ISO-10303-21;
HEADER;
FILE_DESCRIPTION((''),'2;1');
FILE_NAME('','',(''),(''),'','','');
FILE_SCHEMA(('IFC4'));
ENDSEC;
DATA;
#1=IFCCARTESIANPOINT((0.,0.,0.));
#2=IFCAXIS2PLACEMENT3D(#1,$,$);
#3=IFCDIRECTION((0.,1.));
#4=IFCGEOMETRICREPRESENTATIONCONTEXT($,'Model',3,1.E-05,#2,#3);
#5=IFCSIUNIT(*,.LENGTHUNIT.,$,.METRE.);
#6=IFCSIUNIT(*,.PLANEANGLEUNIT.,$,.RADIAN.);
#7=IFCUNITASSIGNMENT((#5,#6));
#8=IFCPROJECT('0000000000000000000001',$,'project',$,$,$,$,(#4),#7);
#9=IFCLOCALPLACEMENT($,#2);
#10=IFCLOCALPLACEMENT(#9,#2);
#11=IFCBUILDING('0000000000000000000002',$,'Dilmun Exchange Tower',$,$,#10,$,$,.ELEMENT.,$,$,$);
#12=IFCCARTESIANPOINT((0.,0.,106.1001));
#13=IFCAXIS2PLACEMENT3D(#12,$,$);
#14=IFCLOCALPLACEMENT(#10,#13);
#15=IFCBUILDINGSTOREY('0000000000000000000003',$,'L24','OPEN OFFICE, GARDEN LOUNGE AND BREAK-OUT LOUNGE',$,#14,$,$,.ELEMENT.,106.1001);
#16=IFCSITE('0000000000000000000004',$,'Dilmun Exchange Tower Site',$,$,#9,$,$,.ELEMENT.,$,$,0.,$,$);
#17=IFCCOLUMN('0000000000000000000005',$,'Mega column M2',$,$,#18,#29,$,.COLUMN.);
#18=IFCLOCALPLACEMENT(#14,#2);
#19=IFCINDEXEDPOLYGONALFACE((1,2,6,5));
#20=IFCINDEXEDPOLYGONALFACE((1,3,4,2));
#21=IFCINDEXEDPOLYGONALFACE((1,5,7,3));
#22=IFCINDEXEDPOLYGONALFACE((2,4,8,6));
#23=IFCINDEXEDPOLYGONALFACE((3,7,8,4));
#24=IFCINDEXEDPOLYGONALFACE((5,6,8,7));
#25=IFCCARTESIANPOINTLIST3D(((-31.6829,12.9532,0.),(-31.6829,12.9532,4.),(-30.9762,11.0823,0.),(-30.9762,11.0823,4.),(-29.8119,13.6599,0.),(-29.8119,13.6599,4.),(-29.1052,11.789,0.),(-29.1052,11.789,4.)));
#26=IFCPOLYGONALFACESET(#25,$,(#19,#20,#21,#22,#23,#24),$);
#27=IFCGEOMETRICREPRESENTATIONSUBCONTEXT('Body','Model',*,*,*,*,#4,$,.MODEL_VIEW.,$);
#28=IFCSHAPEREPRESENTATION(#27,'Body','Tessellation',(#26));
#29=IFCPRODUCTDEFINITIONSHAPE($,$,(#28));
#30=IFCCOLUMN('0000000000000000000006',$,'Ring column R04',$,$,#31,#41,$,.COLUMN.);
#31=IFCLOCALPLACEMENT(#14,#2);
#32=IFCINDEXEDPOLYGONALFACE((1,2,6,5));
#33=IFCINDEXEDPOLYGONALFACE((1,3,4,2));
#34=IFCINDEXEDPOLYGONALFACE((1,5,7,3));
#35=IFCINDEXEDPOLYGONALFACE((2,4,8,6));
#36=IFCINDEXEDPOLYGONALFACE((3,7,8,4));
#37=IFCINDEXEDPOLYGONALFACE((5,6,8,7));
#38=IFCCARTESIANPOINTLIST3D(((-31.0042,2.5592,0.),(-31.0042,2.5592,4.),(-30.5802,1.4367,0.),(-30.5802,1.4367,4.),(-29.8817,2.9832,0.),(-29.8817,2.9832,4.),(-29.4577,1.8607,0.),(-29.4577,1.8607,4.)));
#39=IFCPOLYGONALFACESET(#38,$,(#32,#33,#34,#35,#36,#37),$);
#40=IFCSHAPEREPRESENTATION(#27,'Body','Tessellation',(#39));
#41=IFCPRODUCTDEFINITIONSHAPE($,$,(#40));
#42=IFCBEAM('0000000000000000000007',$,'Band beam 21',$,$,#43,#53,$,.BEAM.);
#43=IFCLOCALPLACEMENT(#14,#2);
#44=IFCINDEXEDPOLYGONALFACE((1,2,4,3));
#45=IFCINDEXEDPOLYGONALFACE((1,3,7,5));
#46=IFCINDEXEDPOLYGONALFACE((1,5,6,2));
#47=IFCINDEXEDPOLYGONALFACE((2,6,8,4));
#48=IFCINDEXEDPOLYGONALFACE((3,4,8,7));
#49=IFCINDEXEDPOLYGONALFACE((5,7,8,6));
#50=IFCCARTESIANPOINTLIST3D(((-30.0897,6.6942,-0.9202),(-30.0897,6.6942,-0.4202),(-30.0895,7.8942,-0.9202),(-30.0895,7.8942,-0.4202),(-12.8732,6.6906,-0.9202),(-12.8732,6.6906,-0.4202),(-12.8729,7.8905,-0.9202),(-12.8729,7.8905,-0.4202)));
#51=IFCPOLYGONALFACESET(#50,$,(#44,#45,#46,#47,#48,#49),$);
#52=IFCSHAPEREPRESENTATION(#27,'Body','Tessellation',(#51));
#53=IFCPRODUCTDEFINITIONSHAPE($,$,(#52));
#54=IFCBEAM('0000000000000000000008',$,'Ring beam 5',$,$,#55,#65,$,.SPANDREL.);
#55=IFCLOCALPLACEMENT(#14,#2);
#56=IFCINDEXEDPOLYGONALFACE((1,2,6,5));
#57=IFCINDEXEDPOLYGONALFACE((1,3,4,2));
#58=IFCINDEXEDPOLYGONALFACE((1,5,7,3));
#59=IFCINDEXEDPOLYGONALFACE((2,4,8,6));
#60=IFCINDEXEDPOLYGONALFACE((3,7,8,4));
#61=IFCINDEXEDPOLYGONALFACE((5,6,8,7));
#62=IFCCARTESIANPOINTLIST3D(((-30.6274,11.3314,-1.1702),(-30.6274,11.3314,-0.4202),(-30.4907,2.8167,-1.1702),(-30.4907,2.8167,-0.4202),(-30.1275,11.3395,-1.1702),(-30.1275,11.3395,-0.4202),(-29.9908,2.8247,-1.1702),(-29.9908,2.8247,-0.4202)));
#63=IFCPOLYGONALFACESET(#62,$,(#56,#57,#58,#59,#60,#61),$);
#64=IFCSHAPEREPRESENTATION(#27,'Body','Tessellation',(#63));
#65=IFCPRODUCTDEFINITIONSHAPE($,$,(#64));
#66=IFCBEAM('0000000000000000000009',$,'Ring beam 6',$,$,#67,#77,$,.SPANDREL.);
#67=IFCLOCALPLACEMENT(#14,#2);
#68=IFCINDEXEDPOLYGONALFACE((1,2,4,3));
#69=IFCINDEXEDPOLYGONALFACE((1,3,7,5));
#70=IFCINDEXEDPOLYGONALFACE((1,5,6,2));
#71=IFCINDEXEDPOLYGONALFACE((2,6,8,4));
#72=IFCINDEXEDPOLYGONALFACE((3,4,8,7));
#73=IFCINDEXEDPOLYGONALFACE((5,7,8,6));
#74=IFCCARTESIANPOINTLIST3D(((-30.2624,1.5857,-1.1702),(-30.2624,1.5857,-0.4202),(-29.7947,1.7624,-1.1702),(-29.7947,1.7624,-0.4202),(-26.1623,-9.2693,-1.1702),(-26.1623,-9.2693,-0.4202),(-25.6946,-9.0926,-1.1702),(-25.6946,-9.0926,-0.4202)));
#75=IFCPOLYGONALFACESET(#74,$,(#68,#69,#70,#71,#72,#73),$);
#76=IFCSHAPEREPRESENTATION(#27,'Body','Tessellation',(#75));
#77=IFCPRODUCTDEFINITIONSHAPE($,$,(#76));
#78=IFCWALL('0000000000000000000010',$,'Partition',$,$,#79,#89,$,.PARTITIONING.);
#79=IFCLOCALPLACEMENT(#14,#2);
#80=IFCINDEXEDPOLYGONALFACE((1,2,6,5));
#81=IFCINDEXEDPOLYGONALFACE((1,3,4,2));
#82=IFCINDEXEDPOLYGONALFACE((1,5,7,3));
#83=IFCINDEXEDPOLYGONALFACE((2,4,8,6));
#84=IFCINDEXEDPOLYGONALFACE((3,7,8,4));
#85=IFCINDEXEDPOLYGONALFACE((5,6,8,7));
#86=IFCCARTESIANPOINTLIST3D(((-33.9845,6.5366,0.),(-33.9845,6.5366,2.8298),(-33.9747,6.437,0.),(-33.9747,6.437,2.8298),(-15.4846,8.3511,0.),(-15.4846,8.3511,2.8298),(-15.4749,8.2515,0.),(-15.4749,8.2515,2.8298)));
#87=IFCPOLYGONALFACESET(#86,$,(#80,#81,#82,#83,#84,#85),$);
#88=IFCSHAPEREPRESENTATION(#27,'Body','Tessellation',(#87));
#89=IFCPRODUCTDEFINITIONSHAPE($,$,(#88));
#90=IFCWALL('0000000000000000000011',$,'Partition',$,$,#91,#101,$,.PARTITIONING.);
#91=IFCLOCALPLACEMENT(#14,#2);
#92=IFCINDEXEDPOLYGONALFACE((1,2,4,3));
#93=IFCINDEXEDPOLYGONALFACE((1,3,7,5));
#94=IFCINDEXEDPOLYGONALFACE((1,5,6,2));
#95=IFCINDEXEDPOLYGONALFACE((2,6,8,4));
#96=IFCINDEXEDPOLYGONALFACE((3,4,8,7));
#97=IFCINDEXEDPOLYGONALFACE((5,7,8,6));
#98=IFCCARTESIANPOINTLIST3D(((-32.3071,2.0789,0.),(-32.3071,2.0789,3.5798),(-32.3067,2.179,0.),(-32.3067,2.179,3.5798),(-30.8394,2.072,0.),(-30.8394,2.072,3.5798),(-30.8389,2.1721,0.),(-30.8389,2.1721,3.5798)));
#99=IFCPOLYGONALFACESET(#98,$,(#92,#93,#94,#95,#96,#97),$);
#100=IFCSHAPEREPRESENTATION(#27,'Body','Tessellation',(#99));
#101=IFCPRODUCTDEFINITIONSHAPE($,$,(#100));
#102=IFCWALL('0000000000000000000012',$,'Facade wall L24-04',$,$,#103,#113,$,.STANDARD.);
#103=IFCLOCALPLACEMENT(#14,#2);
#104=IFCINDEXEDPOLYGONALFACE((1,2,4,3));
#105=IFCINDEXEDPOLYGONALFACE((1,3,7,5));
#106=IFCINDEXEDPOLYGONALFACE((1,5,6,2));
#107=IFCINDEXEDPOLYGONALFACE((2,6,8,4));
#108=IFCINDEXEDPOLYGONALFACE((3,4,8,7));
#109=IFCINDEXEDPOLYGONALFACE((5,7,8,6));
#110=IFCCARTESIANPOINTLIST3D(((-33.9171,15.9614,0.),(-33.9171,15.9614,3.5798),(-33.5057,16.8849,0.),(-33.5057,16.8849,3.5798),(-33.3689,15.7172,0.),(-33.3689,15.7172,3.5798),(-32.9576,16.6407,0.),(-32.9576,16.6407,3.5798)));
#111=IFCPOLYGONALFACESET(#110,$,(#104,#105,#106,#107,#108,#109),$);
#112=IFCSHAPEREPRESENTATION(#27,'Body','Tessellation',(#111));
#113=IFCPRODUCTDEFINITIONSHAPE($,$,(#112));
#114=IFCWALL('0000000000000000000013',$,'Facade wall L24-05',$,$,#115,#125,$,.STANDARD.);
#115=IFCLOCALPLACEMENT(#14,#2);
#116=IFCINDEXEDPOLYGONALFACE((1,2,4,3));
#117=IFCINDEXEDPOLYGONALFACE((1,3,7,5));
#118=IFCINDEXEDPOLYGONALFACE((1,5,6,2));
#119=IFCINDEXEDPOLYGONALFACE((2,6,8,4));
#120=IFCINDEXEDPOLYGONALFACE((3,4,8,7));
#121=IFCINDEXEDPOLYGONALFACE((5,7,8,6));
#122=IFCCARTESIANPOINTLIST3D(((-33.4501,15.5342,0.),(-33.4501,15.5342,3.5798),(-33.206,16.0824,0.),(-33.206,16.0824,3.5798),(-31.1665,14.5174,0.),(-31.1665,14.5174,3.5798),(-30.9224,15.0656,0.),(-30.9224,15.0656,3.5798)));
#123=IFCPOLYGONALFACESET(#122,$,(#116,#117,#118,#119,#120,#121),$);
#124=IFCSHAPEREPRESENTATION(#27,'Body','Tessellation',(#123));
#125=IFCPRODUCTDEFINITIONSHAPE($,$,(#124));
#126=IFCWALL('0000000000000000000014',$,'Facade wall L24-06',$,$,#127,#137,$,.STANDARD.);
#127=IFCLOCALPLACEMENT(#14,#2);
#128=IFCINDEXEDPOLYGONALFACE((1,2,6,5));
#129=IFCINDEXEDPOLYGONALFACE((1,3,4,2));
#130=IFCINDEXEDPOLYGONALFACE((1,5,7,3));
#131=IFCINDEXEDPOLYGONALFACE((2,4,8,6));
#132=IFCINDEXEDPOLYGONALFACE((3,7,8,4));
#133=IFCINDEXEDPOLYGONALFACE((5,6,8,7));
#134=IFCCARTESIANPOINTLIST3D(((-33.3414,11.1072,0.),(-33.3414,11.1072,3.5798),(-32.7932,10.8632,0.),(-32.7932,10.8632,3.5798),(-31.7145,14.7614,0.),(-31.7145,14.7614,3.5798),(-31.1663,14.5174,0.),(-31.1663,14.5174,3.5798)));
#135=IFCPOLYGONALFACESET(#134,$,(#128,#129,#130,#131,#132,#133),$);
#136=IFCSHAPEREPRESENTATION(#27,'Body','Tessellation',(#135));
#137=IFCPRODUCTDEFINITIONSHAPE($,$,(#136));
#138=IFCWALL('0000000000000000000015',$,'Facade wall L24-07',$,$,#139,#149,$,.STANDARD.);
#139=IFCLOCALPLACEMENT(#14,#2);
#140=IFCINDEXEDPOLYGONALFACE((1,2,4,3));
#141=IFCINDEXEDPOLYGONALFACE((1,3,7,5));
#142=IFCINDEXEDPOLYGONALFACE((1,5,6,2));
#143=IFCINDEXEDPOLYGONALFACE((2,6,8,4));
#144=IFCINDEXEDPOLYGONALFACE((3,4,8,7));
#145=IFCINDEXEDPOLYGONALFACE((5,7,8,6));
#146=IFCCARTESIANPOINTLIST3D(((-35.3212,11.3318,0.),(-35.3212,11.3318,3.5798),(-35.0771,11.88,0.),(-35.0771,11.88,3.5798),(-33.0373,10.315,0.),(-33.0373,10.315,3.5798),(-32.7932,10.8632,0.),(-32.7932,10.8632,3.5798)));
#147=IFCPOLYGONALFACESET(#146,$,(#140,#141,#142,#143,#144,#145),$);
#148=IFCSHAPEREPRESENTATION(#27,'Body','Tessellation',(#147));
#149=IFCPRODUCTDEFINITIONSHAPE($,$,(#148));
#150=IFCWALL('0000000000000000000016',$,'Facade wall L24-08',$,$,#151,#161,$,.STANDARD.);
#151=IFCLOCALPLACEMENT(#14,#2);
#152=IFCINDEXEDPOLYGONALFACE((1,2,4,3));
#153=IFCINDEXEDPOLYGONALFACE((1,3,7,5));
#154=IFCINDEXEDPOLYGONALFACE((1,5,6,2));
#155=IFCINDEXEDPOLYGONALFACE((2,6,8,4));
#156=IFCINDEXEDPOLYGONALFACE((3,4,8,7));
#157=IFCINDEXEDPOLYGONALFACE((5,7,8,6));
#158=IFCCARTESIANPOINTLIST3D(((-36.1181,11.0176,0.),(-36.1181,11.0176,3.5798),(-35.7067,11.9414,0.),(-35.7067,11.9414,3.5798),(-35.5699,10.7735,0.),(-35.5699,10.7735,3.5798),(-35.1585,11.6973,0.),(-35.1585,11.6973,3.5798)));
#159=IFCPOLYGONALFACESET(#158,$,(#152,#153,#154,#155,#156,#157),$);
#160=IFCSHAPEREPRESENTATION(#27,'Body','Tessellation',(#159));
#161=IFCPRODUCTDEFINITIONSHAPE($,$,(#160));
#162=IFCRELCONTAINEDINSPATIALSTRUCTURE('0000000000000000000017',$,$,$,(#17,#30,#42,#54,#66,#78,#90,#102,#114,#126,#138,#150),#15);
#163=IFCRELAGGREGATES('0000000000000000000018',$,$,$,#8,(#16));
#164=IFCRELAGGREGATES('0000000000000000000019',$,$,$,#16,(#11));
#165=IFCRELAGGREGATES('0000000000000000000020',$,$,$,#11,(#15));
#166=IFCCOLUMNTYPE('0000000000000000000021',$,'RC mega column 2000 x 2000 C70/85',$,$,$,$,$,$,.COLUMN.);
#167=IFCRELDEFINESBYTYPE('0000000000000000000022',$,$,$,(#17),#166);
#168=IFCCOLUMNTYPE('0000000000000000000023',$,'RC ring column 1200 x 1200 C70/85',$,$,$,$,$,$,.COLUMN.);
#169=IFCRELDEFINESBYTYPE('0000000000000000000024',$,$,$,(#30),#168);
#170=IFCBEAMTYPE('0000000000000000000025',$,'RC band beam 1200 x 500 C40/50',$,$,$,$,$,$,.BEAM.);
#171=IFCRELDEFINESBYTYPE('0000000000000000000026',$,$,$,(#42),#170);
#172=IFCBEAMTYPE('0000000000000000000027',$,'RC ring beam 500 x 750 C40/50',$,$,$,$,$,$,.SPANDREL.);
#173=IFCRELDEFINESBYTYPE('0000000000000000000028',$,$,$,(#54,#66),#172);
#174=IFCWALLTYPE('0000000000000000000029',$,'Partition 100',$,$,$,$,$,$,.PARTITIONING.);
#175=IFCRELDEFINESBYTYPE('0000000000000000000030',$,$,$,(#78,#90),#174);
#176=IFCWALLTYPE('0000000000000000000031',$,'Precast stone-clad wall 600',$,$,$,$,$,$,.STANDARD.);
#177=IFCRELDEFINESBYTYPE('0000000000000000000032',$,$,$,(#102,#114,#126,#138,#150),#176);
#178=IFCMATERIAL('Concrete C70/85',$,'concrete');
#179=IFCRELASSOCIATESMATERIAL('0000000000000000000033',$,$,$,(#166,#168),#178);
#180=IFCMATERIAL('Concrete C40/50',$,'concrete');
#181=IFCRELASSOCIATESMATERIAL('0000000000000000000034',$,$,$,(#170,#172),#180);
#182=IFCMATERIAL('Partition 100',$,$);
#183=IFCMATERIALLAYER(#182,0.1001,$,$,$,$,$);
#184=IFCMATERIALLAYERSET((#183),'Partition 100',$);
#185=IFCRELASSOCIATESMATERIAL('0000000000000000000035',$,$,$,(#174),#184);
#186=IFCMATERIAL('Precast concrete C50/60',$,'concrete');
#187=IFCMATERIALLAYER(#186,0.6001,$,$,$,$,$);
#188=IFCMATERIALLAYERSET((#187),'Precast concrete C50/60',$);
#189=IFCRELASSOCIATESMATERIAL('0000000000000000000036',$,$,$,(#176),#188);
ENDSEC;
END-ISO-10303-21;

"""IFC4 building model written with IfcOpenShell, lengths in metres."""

from ifc_helpers import new_model, si_unit, direction, frame, frame_2d, origin, origin_2d, place, context, subcontext, project, spatial, rectangle, extrude, material, layer, layer_set, material_profile, profile_set, type_object, element, save


model = new_model("IFC4")

# Units and contexts
model_context = context("Model", 3, precision=1e-05, world=origin(), true_north=direction((0.0, 1.0)))
body_context = subcontext(model_context, "Body", "Model", "MODEL_VIEW")
ifc_project = project(units=[si_unit("LENGTHUNIT", "METRE"), si_unit("PLANEANGLEUNIT", "RADIAN")], contexts=[model_context])

# Site, building, storey
site_placement = place(None, origin())
site = spatial("IfcSite", under=ifc_project, at=site_placement, Name="Dilmun Exchange Tower Site", CompositionType="ELEMENT", RefElevation=0.0)
building_placement = place(site_placement, origin())
building = spatial("IfcBuilding", under=site, at=building_placement, Name="Dilmun Exchange Tower", CompositionType="ELEMENT")
storey_placement = place(building_placement, frame((0.0, 0.0, 106.1001)))
storey = spatial("IfcBuildingStorey", under=building, at=storey_placement, Name="L24", Description="OPEN OFFICE, GARDEN LOUNGE AND BREAK-OUT LOUNGE", CompositionType="ELEMENT", Elevation=106.1001)

# Columns
ifc_material_1 = material(Name="Concrete C70/85", Category="concrete")
ifc_material_profile_1 = material_profile(ifc_material_1, rectangle(XDim=2.0, YDim=2.0, at=origin_2d()), Name="2000 x 2000")
ifc_profile_set_1 = profile_set([ifc_material_profile_1], Name="Concrete C70/85")
column_type_1 = type_object("IfcColumnType", Name="RC mega column 2000 x 2000 C70/85", PredefinedType="COLUMN", material=ifc_profile_set_1)
column_1_placement = place(storey_placement, frame((-30.394, 12.3711, 0.0), z_axis=(0.0, 0.0, 1.0), x_axis=(0.935492, 0.353349, 0.0)))
element("IfcColumn", 1, at=column_1_placement, inside=storey, type_object=column_type_1, Name="Mega column M2", PredefinedType="COLUMN", context=body_context, shape_type="SweptSolid", body=[
    extrude(rectangle(XDim=2.0, YDim=2.0, at=origin_2d()), origin(), (0.0, 0.0, 1.0), 4.0),
])
ifc_material_profile_2 = material_profile(ifc_material_1, rectangle(XDim=1.2, YDim=1.2, at=origin_2d()), Name="1200 x 1200")
ifc_profile_set_2 = profile_set([ifc_material_profile_2], Name="Concrete C70/85")
column_type_2 = type_object("IfcColumnType", Name="RC ring column 1200 x 1200 C70/85", PredefinedType="COLUMN", material=ifc_profile_set_2)
column_2_placement = place(storey_placement, frame((-30.231, 2.21, 0.0), z_axis=(0.0, 0.0, 1.0), x_axis=(0.935492, 0.353349, 0.0)))
element("IfcColumn", 2, at=column_2_placement, inside=storey, type_object=column_type_2, Name="Ring column R04", PredefinedType="COLUMN", context=body_context, shape_type="SweptSolid", body=[
    extrude(rectangle(XDim=1.2, YDim=1.2, at=origin_2d()), origin(), (0.0, 0.0, 1.0), 4.0),
])

# Beams
ifc_material_2 = material(Name="Concrete C40/50", Category="concrete")
ifc_material_profile_3 = material_profile(ifc_material_2, rectangle(XDim=1.2, YDim=0.5, at=origin_2d()), Name="1200 x 500")
ifc_profile_set_3 = profile_set([ifc_material_profile_3], Name="Concrete C40/50")
beam_type_1 = type_object("IfcBeamType", Name="RC band beam 1200 x 500 C40/50", PredefinedType="BEAM", material=ifc_profile_set_3)
beam_1_placement = place(storey_placement, frame((-30.0896, 7.2942, -0.6702), z_axis=(1.0, -0.000213, 0.0), x_axis=(0.000213, 1.0, 0.0)))
element("IfcBeam", 3, at=beam_1_placement, inside=storey, type_object=beam_type_1, Name="Band beam 21", PredefinedType="BEAM", context=body_context, shape_type="SweptSolid", body=[
    extrude(rectangle(XDim=1.2, YDim=0.5, at=origin_2d()), origin(), (0.0, 0.0, 1.0), 17.2166),
])
ifc_material_profile_4 = material_profile(ifc_material_2, rectangle(XDim=0.5, YDim=0.75, at=origin_2d()), Name="500 x 750")
ifc_profile_set_4 = profile_set([ifc_material_profile_4], Name="Concrete C40/50")
beam_type_2 = type_object("IfcBeamType", Name="RC ring beam 500 x 750 C40/50", PredefinedType="SPANDREL", material=ifc_profile_set_4)
beam_2_placement = place(storey_placement, frame((-30.3774, 11.3354, -0.7952), z_axis=(0.016054, -0.999871, 0.0), x_axis=(0.999871, 0.016054, 0.0)))
element("IfcBeam", 4, at=beam_2_placement, inside=storey, type_object=beam_type_2, Name="Ring beam 5", PredefinedType="SPANDREL", context=body_context, shape_type="SweptSolid", body=[
    extrude(rectangle(XDim=0.5, YDim=0.75, at=origin_2d()), origin(), (0.0, 0.0, 1.0), 8.5159),
])
beam_3_placement = place(storey_placement, frame((-30.0286, 1.6741, -0.7952), z_axis=(0.35335, -0.935491, 0.0), x_axis=(0.935491, 0.35335, 0.0)))
element("IfcBeam", 5, at=beam_3_placement, inside=storey, type_object=beam_type_2, Name="Ring beam 6", PredefinedType="SPANDREL", context=body_context, shape_type="SweptSolid", body=[
    extrude(rectangle(XDim=0.5, YDim=0.75, at=origin_2d()), origin(), (0.0, 0.0, 1.0), 11.6035),
])

# Walls
ifc_material_3 = material(Name="Partition 100")
ifc_layer_1 = layer(ifc_material_3, 0.1001)
ifc_layer_set_1 = layer_set([ifc_layer_1], Name="Partition 100")
wall_type_1 = type_object("IfcWallType", Name="Partition 100", PredefinedType="PARTITIONING", material=ifc_layer_set_1)
wall_1_placement = place(storey_placement, frame((-33.9797, 6.4868, 0.0), z_axis=(0.0, 0.0, 1.0), x_axis=(0.995225, 0.097611, 0.0)))
element("IfcWall", 6, at=wall_1_placement, inside=storey, type_object=wall_type_1, Name="Partition", PredefinedType="PARTITIONING", context=body_context, shape_type="SweptSolid", body=[
    extrude(rectangle(XDim=18.5886, YDim=0.1001, at=frame_2d((9.2944, 0.0))), origin(), (0.0, 0.0, 1.0), 2.8298),
])
wall_2_placement = place(storey_placement, frame((-32.3069, 2.1289, 0.0), z_axis=(0.0, 0.0, 1.0), x_axis=(0.999989, -0.004657, 0.0)))
element("IfcWall", 7, at=wall_2_placement, inside=storey, type_object=wall_type_1, Name="Partition", PredefinedType="PARTITIONING", context=body_context, shape_type="SweptSolid", body=[
    extrude(rectangle(XDim=1.4678, YDim=0.1001, at=frame_2d((0.7339, 0.0))), origin(), (0.0, 0.0, 1.0), 3.5798),
])
ifc_material_4 = material(Name="Precast concrete C50/60", Category="concrete")
ifc_layer_2 = layer(ifc_material_4, 0.6001)
ifc_layer_set_2 = layer_set([ifc_layer_2], Name="Precast concrete C50/60")
wall_type_2 = type_object("IfcWallType", Name="Precast stone-clad wall 600", PredefinedType="STANDARD", material=ifc_layer_set_2)
wall_3_placement = place(storey_placement, frame((-33.2317, 16.7627, 0.0), z_axis=(0.0, 0.0, 1.0), x_axis=(-0.406878, -0.913483, 0.0)))
element("IfcWall", 8, at=wall_3_placement, inside=storey, type_object=wall_type_2, Name="Facade wall L24-04", PredefinedType="STANDARD", context=body_context, shape_type="SweptSolid", body=[
    extrude(rectangle(XDim=1.011, YDim=0.6001, at=frame_2d((0.5054, 0.0))), origin(), (0.0, 0.0, 1.0), 3.5798),
])
wall_4_placement = place(storey_placement, frame((-33.3281, 15.8083, 0.0), z_axis=(0.0, 0.0, 1.0), x_axis=(0.913533, -0.406764, 0.0)))
element("IfcWall", 9, at=wall_4_placement, inside=storey, type_object=wall_type_2, Name="Facade wall L24-05", PredefinedType="STANDARD", context=body_context, shape_type="SweptSolid", body=[
    extrude(rectangle(XDim=2.4998, YDim=0.6001, at=frame_2d((1.25, 0.0))), origin(), (0.0, 0.0, 1.0), 3.5798),
])
wall_5_placement = place(storey_placement, frame((-31.4404, 14.6394, 0.0), z_axis=(0.0, 0.0, 1.0), x_axis=(-0.406727, -0.91355, 0.0)))
element("IfcWall", 10, at=wall_5_placement, inside=storey, type_object=wall_type_2, Name="Facade wall L24-06", PredefinedType="STANDARD", context=body_context, shape_type="SweptSolid", body=[
    extrude(rectangle(XDim=4.0, YDim=0.6001, at=frame_2d((2.0, 0.0))), origin(), (0.0, 0.0, 1.0), 3.5798),
])
wall_6_placement = place(storey_placement, frame((-32.9153, 10.5891, 0.0), z_axis=(0.0, 0.0, 1.0), x_axis=(-0.91355, 0.406727, 0.0)))
element("IfcWall", 11, at=wall_6_placement, inside=storey, type_object=wall_type_2, Name="Facade wall L24-07", PredefinedType="STANDARD", context=body_context, shape_type="SweptSolid", body=[
    extrude(rectangle(XDim=2.5, YDim=0.6001, at=frame_2d((1.25, 0.0))), origin(), (0.0, 0.0, 1.0), 3.5798),
])
wall_7_placement = place(storey_placement, frame((-35.4326, 11.8193, 0.0), z_axis=(0.0, 0.0, 1.0), x_axis=(-0.406788, -0.913523, 0.0)))
element("IfcWall", 12, at=wall_7_placement, inside=storey, type_object=wall_type_2, Name="Facade wall L24-08", PredefinedType="STANDARD", context=body_context, shape_type="SweptSolid", body=[
    extrude(rectangle(XDim=1.0112, YDim=0.6001, at=frame_2d((0.5056, 0.0))), origin(), (0.0, 0.0, 1.0), 3.5798),
])

save(model, "model.ifc")
